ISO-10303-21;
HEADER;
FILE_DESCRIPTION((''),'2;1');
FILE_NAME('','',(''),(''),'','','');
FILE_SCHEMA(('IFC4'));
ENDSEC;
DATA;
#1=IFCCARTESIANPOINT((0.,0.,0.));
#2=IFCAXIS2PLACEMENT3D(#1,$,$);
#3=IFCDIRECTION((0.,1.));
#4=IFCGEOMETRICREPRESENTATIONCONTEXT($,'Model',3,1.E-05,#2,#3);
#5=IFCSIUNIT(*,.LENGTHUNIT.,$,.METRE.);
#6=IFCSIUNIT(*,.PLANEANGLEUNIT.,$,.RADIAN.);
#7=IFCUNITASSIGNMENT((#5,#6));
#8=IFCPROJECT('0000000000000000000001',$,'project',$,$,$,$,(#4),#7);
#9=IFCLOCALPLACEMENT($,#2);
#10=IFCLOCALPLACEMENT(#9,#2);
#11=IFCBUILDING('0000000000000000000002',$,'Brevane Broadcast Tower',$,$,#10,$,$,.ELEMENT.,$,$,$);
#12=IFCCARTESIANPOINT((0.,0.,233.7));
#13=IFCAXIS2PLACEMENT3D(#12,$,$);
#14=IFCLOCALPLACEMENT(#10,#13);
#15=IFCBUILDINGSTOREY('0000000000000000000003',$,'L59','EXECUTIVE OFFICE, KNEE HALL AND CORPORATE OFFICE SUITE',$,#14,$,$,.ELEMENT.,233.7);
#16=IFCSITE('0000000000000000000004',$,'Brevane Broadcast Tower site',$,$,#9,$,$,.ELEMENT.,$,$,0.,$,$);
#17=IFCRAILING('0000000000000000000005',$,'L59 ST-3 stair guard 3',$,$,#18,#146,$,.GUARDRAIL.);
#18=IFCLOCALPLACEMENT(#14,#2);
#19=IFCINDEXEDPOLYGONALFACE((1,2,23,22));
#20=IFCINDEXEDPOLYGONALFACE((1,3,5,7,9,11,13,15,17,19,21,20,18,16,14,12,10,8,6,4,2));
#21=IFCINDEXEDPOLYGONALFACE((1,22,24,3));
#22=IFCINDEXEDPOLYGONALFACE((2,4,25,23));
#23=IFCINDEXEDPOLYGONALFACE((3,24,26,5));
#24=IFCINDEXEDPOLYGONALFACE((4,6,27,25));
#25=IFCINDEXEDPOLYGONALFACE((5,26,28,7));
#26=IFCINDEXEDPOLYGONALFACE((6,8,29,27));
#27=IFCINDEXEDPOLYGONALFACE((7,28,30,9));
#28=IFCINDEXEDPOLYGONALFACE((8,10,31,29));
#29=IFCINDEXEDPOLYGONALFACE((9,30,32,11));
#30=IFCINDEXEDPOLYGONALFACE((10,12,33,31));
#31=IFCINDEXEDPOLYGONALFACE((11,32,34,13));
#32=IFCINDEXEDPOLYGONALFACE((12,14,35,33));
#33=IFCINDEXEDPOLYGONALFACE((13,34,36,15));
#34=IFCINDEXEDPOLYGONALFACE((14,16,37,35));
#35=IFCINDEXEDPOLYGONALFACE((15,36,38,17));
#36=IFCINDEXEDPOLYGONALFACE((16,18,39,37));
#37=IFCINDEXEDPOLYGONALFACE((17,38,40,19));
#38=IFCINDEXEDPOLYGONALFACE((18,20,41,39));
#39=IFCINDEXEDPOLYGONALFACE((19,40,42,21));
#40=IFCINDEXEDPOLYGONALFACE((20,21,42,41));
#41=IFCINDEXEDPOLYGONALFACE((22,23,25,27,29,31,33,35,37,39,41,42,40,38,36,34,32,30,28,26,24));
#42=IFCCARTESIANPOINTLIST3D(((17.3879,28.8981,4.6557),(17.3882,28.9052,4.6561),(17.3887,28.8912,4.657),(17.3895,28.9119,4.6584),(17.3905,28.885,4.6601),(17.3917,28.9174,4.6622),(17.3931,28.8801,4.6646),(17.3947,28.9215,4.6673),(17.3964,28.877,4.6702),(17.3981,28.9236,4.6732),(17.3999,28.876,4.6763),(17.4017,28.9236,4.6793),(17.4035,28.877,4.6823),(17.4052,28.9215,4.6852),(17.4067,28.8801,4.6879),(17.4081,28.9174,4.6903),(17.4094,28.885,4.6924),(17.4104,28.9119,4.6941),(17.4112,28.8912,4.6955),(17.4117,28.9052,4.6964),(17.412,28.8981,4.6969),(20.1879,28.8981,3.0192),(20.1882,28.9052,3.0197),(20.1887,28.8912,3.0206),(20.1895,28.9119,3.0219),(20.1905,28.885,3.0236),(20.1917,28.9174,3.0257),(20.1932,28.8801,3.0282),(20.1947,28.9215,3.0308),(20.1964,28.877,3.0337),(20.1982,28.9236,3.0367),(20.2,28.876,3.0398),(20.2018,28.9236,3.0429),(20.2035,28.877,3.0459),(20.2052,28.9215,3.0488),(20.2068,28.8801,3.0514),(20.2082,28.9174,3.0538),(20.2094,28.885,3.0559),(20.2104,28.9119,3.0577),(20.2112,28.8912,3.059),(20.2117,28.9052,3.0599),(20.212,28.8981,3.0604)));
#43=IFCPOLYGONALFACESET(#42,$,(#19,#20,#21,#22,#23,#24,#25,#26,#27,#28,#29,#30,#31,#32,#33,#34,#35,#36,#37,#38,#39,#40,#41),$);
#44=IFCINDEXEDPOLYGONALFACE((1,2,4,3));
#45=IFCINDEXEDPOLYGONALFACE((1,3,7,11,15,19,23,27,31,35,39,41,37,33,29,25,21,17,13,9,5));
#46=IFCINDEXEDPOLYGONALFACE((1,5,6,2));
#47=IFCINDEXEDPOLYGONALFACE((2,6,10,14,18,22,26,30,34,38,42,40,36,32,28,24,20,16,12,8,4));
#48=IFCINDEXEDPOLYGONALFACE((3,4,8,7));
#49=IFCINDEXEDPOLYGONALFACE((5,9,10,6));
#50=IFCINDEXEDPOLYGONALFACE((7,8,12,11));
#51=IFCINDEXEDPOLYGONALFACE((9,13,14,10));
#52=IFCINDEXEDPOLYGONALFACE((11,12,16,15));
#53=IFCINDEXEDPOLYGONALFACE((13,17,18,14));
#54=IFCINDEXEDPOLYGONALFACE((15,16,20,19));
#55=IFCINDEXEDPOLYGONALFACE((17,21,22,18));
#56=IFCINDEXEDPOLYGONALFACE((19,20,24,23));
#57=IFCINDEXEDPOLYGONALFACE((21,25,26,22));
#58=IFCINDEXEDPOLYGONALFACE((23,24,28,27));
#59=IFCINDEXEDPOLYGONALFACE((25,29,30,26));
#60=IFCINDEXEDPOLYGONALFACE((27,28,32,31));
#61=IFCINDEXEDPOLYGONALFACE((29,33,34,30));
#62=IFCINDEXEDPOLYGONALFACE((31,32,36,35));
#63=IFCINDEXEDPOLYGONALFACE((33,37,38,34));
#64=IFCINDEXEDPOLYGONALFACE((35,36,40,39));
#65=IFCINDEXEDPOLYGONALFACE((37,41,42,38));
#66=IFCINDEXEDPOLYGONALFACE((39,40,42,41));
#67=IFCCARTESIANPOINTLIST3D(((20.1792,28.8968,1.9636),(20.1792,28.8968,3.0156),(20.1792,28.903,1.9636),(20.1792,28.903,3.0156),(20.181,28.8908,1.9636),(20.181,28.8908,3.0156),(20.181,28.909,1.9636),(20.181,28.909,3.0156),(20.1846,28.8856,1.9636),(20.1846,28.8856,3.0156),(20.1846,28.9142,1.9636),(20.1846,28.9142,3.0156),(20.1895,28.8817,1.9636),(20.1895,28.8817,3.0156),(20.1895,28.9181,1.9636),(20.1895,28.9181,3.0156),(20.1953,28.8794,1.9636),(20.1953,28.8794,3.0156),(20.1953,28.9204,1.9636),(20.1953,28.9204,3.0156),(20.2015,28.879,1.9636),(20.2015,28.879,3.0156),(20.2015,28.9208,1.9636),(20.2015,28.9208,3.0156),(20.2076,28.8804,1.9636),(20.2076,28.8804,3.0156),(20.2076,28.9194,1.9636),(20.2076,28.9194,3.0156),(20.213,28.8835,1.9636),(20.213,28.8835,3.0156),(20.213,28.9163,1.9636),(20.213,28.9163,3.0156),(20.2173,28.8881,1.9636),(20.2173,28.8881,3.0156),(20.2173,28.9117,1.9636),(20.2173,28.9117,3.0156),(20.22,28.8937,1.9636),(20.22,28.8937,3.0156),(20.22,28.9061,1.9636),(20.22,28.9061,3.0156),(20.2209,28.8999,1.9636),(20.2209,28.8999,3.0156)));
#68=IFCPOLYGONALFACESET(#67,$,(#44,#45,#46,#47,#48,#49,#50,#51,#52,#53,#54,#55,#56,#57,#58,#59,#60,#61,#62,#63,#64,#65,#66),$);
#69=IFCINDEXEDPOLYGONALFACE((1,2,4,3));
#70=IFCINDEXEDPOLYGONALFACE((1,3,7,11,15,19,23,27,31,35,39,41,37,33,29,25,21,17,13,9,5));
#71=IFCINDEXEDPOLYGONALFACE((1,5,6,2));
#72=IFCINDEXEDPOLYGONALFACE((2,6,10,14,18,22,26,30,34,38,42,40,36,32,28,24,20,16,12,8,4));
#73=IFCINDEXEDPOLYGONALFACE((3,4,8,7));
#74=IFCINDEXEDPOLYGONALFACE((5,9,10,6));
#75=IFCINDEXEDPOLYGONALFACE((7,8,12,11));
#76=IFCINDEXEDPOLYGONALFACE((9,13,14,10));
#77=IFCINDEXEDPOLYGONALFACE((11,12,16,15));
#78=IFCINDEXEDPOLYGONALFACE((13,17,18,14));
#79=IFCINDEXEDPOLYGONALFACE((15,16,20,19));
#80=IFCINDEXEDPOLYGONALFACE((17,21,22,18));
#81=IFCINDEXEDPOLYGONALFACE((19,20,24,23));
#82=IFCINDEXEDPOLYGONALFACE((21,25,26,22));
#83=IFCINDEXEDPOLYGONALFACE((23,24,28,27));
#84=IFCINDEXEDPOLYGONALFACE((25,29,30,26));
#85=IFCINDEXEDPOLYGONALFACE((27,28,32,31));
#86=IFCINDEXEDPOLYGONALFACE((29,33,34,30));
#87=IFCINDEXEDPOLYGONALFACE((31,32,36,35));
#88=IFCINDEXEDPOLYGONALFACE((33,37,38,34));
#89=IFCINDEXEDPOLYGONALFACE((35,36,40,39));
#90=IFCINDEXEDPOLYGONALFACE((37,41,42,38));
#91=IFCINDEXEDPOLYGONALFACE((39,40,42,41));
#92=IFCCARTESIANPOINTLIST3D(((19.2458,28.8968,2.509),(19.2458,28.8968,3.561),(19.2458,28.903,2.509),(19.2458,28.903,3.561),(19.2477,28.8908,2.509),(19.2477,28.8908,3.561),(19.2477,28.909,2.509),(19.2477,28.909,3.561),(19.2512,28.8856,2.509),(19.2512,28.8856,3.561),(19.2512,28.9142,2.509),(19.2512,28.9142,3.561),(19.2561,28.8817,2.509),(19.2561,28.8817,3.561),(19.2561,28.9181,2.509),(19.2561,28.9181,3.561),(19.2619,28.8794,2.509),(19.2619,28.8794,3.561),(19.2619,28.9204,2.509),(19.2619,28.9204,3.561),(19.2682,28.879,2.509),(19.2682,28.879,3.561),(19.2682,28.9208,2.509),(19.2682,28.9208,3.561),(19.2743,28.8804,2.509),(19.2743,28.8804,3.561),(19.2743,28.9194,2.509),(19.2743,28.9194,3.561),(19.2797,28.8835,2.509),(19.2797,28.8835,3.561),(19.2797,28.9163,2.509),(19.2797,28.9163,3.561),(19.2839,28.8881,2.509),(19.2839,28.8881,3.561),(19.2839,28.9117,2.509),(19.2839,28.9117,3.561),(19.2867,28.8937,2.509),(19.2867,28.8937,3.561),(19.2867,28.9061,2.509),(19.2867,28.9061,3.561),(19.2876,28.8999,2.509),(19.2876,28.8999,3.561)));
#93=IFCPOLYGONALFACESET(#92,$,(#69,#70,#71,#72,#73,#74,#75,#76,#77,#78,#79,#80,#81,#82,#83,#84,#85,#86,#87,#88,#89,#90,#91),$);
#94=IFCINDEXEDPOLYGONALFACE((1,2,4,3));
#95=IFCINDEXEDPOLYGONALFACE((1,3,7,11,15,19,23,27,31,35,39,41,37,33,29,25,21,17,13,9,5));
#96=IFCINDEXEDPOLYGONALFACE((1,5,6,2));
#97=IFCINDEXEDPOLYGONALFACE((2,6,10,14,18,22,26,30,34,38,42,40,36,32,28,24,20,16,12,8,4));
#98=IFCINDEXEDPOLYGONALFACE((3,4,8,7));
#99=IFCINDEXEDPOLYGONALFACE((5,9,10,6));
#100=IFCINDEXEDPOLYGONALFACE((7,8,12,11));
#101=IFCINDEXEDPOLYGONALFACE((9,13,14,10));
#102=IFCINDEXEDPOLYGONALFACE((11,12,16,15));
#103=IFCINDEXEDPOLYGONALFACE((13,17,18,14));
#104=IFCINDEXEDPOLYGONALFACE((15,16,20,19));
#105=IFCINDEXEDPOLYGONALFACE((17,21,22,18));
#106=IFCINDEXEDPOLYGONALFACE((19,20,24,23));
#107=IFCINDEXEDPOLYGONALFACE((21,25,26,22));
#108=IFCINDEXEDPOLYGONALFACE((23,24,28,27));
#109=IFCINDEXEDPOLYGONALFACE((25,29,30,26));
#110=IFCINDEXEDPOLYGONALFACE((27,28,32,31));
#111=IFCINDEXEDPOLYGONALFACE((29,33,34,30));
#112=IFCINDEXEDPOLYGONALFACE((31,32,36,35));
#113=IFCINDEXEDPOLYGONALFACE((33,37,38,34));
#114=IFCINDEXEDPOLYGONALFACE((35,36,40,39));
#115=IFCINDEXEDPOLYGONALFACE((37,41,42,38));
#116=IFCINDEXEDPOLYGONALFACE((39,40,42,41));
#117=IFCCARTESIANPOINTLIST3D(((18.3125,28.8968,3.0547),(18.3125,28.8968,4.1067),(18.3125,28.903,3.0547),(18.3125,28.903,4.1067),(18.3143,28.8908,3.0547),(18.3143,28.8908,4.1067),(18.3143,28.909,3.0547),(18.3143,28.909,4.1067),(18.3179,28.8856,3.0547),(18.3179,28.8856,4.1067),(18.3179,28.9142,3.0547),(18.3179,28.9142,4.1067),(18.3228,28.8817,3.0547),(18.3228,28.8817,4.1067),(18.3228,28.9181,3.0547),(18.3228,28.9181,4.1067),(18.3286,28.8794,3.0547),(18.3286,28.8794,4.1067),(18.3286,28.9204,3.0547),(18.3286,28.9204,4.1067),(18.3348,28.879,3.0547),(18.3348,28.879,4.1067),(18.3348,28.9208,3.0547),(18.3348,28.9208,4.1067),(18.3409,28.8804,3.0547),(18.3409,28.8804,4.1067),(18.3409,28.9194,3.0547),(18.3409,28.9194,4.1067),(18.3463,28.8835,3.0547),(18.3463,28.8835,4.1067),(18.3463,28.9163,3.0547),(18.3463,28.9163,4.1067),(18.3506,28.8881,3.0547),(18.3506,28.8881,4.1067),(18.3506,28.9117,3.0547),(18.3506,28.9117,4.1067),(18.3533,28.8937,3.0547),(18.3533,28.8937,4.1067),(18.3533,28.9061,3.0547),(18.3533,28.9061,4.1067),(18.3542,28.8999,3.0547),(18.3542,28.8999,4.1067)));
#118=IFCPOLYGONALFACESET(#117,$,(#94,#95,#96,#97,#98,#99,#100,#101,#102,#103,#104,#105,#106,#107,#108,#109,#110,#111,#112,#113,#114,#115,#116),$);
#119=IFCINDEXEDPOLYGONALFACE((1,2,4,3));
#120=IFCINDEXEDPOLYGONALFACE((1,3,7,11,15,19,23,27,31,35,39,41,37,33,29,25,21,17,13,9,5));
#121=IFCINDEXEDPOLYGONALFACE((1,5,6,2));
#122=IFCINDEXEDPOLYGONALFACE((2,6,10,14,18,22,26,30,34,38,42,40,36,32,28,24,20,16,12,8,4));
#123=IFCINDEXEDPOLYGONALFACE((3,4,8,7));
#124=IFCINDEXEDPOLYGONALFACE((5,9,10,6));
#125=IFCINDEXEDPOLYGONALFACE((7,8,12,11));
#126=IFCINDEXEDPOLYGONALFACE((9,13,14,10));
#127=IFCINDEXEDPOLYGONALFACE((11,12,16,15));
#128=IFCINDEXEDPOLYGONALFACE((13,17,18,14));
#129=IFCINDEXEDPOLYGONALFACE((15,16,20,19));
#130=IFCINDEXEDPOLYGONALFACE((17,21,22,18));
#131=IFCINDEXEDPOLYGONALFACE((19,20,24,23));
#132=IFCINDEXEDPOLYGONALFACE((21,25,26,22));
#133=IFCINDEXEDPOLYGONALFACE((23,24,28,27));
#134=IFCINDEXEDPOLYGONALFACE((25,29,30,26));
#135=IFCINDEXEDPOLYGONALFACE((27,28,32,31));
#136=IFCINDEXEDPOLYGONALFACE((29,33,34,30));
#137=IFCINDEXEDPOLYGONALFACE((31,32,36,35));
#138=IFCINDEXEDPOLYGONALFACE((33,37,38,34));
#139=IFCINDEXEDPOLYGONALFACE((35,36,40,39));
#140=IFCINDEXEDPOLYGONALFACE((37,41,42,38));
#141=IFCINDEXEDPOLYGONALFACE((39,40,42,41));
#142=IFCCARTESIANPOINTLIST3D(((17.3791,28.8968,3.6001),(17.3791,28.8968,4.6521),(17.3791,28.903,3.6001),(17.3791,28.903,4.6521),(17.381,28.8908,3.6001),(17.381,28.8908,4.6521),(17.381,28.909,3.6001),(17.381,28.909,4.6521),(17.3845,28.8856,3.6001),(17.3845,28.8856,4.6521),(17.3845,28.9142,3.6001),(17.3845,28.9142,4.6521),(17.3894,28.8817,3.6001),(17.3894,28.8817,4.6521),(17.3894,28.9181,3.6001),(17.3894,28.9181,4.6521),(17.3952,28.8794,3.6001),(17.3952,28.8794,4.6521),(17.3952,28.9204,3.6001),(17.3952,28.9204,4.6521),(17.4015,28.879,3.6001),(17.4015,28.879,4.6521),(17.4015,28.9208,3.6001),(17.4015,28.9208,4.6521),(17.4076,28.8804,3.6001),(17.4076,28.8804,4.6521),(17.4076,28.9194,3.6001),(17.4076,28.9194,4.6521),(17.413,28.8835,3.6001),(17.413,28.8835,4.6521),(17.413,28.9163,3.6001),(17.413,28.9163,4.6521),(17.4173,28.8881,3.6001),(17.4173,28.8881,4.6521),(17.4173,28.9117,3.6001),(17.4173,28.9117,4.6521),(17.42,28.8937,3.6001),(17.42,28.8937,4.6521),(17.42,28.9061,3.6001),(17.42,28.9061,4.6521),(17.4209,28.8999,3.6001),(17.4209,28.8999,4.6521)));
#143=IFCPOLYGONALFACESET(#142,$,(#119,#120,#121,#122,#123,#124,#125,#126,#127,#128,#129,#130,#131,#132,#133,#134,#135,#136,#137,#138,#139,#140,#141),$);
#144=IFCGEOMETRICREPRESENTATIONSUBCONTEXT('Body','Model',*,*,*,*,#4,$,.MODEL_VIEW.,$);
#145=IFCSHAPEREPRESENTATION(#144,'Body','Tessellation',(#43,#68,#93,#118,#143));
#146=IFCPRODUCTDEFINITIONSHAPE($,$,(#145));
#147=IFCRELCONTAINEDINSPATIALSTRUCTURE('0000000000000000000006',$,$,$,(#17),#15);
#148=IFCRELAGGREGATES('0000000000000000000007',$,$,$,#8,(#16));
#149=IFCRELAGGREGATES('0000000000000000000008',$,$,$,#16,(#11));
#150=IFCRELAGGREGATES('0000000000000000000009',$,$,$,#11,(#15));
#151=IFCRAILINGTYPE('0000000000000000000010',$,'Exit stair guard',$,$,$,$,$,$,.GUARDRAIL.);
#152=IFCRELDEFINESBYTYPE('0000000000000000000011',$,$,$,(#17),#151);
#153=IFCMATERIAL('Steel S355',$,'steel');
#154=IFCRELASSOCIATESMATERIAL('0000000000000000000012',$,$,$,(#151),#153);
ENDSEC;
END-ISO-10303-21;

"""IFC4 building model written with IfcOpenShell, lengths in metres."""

from ifc_helpers import new_model, si_unit, direction, frame, origin, origin_2d, place, context, subcontext, project, spatial, circle, extrude, material, type_object, element, save


model = new_model("IFC4")

# Units and contexts
model_context = context("Model", 3, precision=1e-05, world=origin(), true_north=direction((0.0, 1.0)))
body_context = subcontext(model_context, "Body", "Model", "MODEL_VIEW")
ifc_project = project(units=[si_unit("LENGTHUNIT", "METRE"), si_unit("PLANEANGLEUNIT", "RADIAN")], contexts=[model_context])

# Site, building, storey
site_placement = place(None, origin())
site = spatial("IfcSite", under=ifc_project, at=site_placement, Name="Brevane Broadcast Tower site", CompositionType="ELEMENT", RefElevation=0.0)
building_placement = place(site_placement, origin())
building = spatial("IfcBuilding", under=site, at=building_placement, Name="Brevane Broadcast Tower", CompositionType="ELEMENT")
storey_placement = place(building_placement, frame((0.0, 0.0, 233.7)))
storey = spatial("IfcBuildingStorey", under=building, at=storey_placement, Name="L59", Description="EXECUTIVE OFFICE, KNEE HALL AND CORPORATE OFFICE SUITE", CompositionType="ELEMENT", Elevation=233.7)

# Railing
ifc_material_1 = material(Name="Steel S355", Category="steel")
railing_type_1 = type_object("IfcRailingType", Name="Exit stair guard", PredefinedType="GUARDRAIL", material=ifc_material_1)
railing_1_placement = place(storey_placement, frame((20.2, 28.8999, 1.9636)))
element("IfcRailing", 1, at=railing_1_placement, inside=storey, type_object=railing_type_1, Name="L59 ST-3 stair guard 3", PredefinedType="GUARDRAIL", context=body_context, shape_type="SweptSolid", body=[
    extrude(circle(Radius=0.0239, at=origin_2d()), frame((0.0, 0.0, 1.0762), z_axis=(-0.863361, 0.0, 0.504587), x_axis=(0.0, -1.0, 0.0)), (0.0, 0.0, 1.0), 3.2432),
    extrude(circle(Radius=0.021, at=origin_2d()), origin(), (0.0, 0.0, 1.0), 1.052),
    extrude(circle(Radius=0.021, at=origin_2d()), frame((-0.9333, 0.0, 0.5454)), (0.0, 0.0, 1.0), 1.052),
    extrude(circle(Radius=0.021, at=origin_2d()), frame((-1.8667, 0.0, 1.0911)), (0.0, 0.0, 1.0), 1.052),
    extrude(circle(Radius=0.021, at=origin_2d()), frame((-2.8, 0.0, 1.6365)), (0.0, 0.0, 1.0), 1.052),
])

save(model, "model.ifc")
